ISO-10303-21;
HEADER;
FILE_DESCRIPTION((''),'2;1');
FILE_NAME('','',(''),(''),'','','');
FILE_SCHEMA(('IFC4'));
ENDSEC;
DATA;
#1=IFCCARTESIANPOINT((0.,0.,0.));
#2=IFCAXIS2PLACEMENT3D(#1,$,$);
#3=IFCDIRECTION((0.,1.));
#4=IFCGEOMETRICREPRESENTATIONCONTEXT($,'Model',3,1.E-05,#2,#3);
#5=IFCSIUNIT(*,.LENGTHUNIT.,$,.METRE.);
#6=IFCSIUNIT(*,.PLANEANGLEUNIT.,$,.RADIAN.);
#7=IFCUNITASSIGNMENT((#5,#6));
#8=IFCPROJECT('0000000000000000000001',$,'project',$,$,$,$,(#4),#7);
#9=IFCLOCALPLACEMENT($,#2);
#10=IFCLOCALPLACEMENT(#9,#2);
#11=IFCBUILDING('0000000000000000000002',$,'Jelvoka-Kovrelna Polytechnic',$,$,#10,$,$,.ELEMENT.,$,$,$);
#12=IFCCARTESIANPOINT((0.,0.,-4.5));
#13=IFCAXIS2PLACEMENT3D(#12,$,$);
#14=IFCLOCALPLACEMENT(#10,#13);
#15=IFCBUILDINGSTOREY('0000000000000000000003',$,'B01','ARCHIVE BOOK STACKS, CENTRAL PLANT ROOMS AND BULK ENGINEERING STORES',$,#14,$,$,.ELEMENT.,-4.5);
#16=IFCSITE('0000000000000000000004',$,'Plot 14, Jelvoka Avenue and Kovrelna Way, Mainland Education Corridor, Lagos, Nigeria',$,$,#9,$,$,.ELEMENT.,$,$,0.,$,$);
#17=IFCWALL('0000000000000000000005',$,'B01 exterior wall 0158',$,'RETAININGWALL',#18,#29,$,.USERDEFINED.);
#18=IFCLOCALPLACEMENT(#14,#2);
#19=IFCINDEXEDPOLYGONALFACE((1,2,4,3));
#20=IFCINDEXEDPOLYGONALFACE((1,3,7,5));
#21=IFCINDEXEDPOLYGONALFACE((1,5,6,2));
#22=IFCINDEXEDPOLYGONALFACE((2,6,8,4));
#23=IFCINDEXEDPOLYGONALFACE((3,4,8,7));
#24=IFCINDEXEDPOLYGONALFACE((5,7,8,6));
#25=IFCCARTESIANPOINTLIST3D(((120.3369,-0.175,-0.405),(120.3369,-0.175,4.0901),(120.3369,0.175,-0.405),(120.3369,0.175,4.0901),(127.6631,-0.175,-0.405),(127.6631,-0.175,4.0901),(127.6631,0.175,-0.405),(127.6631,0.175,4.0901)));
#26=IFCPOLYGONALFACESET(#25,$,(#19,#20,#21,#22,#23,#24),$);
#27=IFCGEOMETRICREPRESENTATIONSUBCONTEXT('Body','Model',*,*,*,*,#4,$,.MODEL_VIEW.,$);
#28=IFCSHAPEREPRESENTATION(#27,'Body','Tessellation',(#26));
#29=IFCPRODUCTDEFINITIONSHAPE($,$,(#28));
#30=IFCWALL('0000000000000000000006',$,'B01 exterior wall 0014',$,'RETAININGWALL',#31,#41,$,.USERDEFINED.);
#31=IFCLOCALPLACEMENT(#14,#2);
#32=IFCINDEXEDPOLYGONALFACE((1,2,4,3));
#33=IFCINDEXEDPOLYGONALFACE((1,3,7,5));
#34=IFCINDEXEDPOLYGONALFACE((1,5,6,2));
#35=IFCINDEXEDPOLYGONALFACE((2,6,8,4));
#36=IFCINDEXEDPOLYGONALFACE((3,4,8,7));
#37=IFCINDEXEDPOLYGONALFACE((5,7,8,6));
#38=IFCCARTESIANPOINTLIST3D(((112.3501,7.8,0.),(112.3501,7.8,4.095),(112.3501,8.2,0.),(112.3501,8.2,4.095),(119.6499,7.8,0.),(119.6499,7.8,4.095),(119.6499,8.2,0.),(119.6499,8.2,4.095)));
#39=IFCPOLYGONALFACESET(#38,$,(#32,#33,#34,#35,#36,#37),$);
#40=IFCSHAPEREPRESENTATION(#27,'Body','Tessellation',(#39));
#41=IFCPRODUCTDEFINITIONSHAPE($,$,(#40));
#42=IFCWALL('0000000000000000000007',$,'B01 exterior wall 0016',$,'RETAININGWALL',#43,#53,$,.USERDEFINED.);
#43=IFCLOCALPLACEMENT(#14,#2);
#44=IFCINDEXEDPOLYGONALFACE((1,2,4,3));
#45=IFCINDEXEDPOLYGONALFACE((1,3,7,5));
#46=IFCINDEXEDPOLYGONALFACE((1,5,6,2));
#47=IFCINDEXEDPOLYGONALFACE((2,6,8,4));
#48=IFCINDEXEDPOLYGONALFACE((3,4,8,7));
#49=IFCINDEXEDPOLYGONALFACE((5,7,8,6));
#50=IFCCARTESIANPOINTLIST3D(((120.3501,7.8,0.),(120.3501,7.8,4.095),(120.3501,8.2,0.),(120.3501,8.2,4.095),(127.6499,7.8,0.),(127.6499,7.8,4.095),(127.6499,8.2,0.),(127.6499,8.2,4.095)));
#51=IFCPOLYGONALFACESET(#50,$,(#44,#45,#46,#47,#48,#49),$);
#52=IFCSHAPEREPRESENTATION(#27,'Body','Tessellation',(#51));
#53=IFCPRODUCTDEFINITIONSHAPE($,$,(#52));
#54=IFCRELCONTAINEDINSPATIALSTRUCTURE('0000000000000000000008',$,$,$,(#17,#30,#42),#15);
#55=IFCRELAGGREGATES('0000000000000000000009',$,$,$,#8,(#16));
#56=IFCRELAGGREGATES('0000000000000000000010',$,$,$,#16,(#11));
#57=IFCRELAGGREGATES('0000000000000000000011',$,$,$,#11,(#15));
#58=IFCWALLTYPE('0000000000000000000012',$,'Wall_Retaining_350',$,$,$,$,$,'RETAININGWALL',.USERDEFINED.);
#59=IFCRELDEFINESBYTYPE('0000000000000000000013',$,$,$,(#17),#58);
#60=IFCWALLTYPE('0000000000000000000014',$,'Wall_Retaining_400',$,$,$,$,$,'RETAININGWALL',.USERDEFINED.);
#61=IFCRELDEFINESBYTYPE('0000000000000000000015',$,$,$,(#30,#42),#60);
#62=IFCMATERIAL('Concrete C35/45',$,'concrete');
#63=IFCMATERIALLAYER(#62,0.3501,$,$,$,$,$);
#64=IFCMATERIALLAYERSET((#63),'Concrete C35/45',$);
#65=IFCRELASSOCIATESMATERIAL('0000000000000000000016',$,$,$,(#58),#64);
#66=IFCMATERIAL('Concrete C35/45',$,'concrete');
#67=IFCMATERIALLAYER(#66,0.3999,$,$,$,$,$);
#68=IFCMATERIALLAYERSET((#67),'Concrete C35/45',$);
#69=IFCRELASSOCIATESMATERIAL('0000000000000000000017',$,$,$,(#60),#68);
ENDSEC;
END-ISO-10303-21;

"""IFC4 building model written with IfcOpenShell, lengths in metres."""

from ifc_helpers import new_model, si_unit, direction, frame, frame_2d, origin, place, context, subcontext, project, spatial, rectangle, extrude, material, layer, layer_set, type_object, element, save


model = new_model("IFC4")

# Units and contexts
model_context = context("Model", 3, precision=1e-05, world=origin(), true_north=direction((0.0, 1.0)))
body_context = subcontext(model_context, "Body", "Model", "MODEL_VIEW")
ifc_project = project(units=[si_unit("LENGTHUNIT", "METRE"), si_unit("PLANEANGLEUNIT", "RADIAN")], contexts=[model_context])

# Site, building, storey
site_placement = place(None, origin())
site = spatial("IfcSite", under=ifc_project, at=site_placement, Name="Plot 14, Jelvoka Avenue and Kovrelna Way, Mainland Education Corridor, Lagos, Nigeria", CompositionType="ELEMENT", RefElevation=0.0)
building_placement = place(site_placement, origin())
building = spatial("IfcBuilding", under=site, at=building_placement, Name="Jelvoka-Kovrelna Polytechnic", CompositionType="ELEMENT")
storey_placement = place(building_placement, frame((0.0, 0.0, -4.5)))
storey = spatial("IfcBuildingStorey", under=building, at=storey_placement, Name="B01", Description="ARCHIVE BOOK STACKS, CENTRAL PLANT ROOMS AND BULK ENGINEERING STORES", CompositionType="ELEMENT", Elevation=-4.5)

# Walls
ifc_material_1 = material(Name="Concrete C35/45", Category="concrete")
ifc_layer_1 = layer(ifc_material_1, 0.3501)
ifc_layer_set_1 = layer_set([ifc_layer_1], Name="Concrete C35/45")
wall_type_1 = type_object("IfcWallType", Name="Wall_Retaining_350", ElementType="RETAININGWALL", PredefinedType="USERDEFINED", material=ifc_layer_set_1)
wall_1_placement = place(storey_placement, frame((120.3369, 0.0, -0.405), z_axis=(0.0, 0.0, 1.0), x_axis=(1.0, 0.0, 0.0)))
element("IfcWall", 1, at=wall_1_placement, inside=storey, type_object=wall_type_1, Name="B01 exterior wall 0158", ObjectType="RETAININGWALL", PredefinedType="USERDEFINED", context=body_context, shape_type="SweptSolid", body=[
    extrude(rectangle(XDim=7.3262, YDim=0.3501, at=frame_2d((3.6631, 0.0))), origin(), (0.0, 0.0, 1.0), 4.4951),
])
ifc_material_2 = material(Name="Concrete C35/45", Category="concrete")
ifc_layer_2 = layer(ifc_material_2, 0.3999)
ifc_layer_set_2 = layer_set([ifc_layer_2], Name="Concrete C35/45")
wall_type_2 = type_object("IfcWallType", Name="Wall_Retaining_400", ElementType="RETAININGWALL", PredefinedType="USERDEFINED", material=ifc_layer_set_2)
for number, where, z_axis, x_axis, name in (
    (2, (119.6499, 8.0, 0.0), (0.0, 0.0, 1.0), (-1.0, 0.0, 0.0), "B01 exterior wall 0014"),
    (3, (127.6499, 8.0, 0.0), (0.0, 0.0, 1.0), (-1.0, 0.0, 0.0), "B01 exterior wall 0016"),
):
    element("IfcWall", number, at=place(storey_placement, frame(where, z_axis=z_axis, x_axis=x_axis)), inside=storey, type_object=wall_type_2, Name=name, ObjectType="RETAININGWALL", PredefinedType="USERDEFINED", context=body_context, shape_type="SweptSolid", body=[
        extrude(rectangle(XDim=7.2998, YDim=0.3999, at=frame_2d((3.6499, 0.0))), origin(), (0.0, 0.0, 1.0), 4.095),
    ])

save(model, "model.ifc")
